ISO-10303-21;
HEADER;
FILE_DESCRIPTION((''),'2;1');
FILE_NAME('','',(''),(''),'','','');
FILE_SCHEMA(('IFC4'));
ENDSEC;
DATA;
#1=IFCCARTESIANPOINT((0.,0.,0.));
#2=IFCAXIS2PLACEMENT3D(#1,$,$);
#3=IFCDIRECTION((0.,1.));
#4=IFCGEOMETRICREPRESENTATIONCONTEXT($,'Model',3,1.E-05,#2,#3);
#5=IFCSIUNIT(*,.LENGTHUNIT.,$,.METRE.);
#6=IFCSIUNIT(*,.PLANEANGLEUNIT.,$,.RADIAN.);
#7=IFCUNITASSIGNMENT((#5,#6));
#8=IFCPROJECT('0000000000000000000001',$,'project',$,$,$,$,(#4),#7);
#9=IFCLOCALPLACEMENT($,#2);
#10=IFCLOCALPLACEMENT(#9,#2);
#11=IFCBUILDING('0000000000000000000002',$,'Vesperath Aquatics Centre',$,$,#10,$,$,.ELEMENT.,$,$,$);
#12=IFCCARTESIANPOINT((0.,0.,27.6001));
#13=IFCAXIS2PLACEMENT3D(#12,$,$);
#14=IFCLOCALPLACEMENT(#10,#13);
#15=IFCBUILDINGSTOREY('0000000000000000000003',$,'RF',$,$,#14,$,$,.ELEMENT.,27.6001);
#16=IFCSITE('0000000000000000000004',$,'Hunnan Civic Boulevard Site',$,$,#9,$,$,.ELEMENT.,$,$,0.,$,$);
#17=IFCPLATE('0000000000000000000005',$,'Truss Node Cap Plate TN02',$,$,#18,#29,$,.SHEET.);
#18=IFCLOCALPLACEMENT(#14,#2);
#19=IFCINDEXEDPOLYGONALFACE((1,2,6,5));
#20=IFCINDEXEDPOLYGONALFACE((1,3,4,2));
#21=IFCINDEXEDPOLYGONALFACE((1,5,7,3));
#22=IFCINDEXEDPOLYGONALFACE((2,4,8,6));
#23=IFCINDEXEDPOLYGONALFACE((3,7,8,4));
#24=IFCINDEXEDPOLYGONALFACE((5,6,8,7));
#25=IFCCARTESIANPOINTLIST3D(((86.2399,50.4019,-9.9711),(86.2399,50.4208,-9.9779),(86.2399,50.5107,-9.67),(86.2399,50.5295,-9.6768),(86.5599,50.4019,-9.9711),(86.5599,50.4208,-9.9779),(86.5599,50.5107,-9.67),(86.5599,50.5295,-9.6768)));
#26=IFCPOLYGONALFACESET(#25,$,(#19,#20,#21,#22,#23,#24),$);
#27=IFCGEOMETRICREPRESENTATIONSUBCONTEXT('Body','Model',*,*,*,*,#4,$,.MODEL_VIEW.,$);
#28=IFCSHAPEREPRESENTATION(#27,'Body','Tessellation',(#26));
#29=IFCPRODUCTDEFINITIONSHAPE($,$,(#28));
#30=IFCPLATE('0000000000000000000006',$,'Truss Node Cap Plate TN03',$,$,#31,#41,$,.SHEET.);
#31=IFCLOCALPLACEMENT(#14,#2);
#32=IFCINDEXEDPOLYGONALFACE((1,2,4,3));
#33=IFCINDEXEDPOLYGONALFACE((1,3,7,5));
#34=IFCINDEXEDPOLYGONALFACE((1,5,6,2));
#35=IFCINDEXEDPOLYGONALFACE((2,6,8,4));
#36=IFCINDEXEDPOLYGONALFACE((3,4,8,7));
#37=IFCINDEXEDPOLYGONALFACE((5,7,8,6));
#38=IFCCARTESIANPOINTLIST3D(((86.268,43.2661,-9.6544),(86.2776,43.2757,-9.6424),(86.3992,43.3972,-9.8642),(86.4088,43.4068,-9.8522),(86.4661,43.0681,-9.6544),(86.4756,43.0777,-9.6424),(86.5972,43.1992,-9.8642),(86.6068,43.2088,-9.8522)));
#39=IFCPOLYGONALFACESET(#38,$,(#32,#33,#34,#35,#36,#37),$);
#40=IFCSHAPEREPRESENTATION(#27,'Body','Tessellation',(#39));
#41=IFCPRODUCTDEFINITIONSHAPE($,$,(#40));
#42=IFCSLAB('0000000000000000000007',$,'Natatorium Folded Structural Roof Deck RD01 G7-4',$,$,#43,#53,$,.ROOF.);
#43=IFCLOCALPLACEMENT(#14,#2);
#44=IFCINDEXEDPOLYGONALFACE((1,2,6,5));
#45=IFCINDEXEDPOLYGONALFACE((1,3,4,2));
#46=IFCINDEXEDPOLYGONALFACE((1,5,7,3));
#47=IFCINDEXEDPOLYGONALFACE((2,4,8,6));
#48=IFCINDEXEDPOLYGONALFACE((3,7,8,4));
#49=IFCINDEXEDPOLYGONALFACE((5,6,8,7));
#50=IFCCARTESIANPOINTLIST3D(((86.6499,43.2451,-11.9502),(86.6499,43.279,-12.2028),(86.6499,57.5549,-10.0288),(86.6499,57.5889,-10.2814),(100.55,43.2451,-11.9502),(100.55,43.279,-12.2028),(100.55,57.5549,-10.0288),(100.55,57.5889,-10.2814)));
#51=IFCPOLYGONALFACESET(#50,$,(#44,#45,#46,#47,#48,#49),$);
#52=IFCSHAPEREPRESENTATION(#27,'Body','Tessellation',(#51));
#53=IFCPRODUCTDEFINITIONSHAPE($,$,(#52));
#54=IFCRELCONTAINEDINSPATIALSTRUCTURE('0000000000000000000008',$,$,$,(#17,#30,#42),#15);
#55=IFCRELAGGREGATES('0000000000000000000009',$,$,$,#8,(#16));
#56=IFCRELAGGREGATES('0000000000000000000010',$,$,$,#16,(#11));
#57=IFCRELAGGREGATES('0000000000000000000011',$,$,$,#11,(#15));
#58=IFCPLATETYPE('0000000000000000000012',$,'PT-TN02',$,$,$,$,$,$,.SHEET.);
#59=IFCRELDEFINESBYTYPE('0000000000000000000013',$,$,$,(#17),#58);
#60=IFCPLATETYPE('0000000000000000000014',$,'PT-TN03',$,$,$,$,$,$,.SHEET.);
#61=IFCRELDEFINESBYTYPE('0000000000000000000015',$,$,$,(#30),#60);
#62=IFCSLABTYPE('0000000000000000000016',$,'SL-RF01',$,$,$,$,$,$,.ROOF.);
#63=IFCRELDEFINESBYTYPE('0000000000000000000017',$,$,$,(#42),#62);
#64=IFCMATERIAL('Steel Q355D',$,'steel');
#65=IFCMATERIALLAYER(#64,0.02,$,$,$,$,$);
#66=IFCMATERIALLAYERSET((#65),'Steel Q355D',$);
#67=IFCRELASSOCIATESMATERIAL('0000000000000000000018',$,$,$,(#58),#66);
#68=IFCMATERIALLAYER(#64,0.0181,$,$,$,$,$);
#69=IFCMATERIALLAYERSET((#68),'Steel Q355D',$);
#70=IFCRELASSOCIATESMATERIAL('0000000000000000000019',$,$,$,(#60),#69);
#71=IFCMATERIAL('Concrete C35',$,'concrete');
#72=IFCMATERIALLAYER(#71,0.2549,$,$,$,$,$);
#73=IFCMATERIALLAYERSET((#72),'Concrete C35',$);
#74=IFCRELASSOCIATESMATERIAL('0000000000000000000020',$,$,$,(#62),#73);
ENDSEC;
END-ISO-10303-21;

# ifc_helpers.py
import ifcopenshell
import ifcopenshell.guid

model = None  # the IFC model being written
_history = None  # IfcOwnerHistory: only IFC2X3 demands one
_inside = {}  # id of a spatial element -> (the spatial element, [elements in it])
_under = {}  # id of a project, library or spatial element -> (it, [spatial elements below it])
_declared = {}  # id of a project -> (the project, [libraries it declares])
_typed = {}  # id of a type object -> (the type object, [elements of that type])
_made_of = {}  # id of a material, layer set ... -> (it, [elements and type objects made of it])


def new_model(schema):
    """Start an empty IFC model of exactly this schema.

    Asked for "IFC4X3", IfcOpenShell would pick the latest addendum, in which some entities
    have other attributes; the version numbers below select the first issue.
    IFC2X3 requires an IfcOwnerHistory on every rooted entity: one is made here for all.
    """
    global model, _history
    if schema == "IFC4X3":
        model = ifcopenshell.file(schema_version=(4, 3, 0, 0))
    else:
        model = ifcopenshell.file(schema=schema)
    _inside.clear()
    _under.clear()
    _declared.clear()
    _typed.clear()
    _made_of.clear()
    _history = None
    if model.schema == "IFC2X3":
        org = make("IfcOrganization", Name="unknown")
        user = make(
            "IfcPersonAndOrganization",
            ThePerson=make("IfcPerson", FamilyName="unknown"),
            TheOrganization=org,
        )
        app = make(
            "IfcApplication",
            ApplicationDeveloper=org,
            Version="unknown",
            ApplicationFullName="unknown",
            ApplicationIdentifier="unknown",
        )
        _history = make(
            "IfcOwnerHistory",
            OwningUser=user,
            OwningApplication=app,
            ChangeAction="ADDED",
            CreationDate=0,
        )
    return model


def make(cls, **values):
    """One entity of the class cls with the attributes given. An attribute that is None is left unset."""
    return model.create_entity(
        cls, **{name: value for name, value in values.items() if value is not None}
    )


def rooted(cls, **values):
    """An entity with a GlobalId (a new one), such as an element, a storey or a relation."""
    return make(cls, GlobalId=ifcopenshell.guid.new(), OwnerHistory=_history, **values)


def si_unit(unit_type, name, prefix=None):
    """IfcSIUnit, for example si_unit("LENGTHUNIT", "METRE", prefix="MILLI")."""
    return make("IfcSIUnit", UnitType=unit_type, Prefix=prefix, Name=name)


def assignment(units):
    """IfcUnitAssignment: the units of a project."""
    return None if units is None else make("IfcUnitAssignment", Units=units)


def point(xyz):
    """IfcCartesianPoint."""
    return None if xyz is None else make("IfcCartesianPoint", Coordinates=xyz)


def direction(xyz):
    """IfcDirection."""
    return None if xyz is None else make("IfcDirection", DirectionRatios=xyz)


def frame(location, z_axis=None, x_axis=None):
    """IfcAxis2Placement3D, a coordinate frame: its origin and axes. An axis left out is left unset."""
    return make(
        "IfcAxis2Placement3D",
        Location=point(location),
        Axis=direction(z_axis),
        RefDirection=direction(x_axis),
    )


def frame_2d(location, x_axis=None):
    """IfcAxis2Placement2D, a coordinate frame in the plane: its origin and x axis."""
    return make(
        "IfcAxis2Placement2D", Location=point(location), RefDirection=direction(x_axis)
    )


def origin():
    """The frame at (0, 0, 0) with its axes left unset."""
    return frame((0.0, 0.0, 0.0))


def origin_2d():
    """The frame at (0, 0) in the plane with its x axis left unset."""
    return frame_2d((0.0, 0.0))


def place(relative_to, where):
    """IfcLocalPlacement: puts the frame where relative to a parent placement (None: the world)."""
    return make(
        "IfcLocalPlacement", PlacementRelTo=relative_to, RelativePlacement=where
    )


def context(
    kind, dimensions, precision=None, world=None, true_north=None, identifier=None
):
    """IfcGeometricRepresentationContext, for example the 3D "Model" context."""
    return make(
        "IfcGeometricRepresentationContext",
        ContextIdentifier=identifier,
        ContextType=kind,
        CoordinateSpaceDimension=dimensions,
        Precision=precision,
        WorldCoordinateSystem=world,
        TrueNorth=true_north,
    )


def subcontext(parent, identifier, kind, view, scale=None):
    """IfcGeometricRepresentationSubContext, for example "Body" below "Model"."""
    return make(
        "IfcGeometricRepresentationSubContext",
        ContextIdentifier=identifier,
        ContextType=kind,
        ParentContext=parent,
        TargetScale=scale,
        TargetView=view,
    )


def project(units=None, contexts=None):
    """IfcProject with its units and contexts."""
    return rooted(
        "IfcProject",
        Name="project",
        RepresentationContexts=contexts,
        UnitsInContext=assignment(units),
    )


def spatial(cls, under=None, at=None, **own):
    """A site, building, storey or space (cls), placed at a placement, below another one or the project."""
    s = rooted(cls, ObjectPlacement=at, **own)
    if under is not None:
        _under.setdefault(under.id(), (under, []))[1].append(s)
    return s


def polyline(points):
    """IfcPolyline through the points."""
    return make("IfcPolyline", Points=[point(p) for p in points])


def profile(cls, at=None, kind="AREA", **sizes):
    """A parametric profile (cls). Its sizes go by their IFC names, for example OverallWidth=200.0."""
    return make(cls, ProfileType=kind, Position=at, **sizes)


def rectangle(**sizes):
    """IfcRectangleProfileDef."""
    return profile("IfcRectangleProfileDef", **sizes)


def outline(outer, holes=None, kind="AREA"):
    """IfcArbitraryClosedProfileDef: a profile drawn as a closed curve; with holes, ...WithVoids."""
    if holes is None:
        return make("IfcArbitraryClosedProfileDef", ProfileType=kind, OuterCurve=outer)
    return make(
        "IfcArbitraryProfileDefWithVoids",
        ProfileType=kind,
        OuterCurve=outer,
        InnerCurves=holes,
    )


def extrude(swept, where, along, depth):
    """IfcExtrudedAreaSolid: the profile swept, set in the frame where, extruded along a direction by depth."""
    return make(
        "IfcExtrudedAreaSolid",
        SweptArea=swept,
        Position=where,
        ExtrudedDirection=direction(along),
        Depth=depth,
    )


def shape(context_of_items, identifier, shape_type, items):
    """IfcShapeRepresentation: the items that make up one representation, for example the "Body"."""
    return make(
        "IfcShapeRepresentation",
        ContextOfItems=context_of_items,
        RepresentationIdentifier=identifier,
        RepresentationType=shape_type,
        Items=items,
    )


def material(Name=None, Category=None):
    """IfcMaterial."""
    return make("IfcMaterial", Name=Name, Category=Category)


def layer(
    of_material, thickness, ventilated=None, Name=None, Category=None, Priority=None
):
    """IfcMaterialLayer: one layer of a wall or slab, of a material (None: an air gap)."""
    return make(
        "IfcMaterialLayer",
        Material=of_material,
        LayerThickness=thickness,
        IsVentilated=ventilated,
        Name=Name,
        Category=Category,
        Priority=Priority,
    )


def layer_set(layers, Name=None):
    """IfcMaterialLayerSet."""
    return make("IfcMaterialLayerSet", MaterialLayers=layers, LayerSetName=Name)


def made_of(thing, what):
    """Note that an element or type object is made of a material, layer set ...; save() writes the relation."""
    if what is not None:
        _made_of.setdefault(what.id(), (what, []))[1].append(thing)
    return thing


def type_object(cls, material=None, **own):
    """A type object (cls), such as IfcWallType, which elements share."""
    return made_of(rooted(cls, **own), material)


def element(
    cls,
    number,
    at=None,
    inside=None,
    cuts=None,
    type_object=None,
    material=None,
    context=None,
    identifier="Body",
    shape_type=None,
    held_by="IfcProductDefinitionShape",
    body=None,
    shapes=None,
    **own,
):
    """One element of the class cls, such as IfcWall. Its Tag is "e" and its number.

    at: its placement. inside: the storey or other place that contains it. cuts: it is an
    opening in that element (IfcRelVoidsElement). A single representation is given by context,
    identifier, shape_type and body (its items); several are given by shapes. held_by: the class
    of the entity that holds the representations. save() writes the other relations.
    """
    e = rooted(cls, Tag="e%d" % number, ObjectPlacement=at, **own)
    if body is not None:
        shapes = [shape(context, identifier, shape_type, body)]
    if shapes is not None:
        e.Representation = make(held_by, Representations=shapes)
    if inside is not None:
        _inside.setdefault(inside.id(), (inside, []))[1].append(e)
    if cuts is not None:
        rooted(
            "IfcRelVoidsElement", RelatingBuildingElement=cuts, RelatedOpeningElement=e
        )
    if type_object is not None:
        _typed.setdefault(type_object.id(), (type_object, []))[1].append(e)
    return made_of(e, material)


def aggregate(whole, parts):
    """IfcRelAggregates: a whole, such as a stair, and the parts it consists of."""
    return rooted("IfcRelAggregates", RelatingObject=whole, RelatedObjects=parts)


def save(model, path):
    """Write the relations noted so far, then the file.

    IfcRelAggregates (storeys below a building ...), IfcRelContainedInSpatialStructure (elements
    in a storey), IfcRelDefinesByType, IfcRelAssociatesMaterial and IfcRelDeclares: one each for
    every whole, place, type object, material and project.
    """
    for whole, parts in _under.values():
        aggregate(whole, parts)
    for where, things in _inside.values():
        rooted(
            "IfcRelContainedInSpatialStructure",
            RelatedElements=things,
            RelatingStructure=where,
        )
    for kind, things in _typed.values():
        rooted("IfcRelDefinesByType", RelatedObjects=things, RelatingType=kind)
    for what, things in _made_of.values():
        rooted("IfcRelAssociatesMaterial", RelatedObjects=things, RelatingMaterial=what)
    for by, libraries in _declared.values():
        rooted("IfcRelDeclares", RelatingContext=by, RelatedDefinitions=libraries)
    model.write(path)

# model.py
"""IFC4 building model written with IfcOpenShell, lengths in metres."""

from ifc_helpers import new_model, si_unit, direction, frame, origin, origin_2d, place, context, subcontext, project, spatial, polyline, rectangle, outline, extrude, material, layer, layer_set, type_object, element, save


model = new_model("IFC4")

# Units and contexts
model_context = context("Model", 3, precision=1e-05, world=origin(), true_north=direction((0.0, 1.0)))
body_context = subcontext(model_context, "Body", "Model", "MODEL_VIEW")
ifc_project = project(units=[si_unit("LENGTHUNIT", "METRE"), si_unit("PLANEANGLEUNIT", "RADIAN")], contexts=[model_context])

# Site, building, storey
site_placement = place(None, origin())
site = spatial("IfcSite", under=ifc_project, at=site_placement, Name="Hunnan Civic Boulevard Site", CompositionType="ELEMENT", RefElevation=0.0)
building_placement = place(site_placement, origin())
building = spatial("IfcBuilding", under=site, at=building_placement, Name="Vesperath Aquatics Centre", CompositionType="ELEMENT")
storey_placement = place(building_placement, frame((0.0, 0.0, 27.6001)))
storey = spatial("IfcBuildingStorey", under=building, at=storey_placement, Name="RF", CompositionType="ELEMENT", Elevation=27.6001)

# Shared definitions
ifc_material_1 = material(Name="Steel Q355D", Category="steel")

# Plates
ifc_layer_1 = layer(ifc_material_1, 0.02)
ifc_layer_set_1 = layer_set([ifc_layer_1], Name="Steel Q355D")
plate_type_1 = type_object("IfcPlateType", Name="PT-TN02", PredefinedType="SHEET", material=ifc_layer_set_1)
for number, where, z_axis, x_axis, name in (
    (1, (86.3999, 50.4563, -9.8206), (0.0, 0.940554, -0.339644), (-1.0, 0.0, 0.0), "Truss Node Cap Plate TN02"),
):
    element("IfcPlate", number, at=place(storey_placement, frame(where, z_axis=z_axis, x_axis=x_axis)), inside=storey, type_object=plate_type_1, Name=name, PredefinedType="SHEET", context=body_context, shape_type="SweptSolid", body=[
        extrude(rectangle(XDim=0.3201, YDim=0.3201, at=origin_2d()), origin(), (0.0, 0.0, 1.0), 0.02),
    ])
ifc_layer_2 = layer(ifc_material_1, 0.0181)
ifc_layer_set_2 = layer_set([ifc_layer_2], Name="Steel Q355D")
plate_type_2 = type_object("IfcPlateType", Name="PT-TN03", PredefinedType="SHEET", material=ifc_layer_set_2)
plate_placement = place(storey_placement, frame((86.4326, 43.2327, -9.7593), z_axis=(0.529813, 0.529813, 0.662266), x_axis=(-0.707107, 0.707107, 0.0)))
element("IfcPlate", 2, at=plate_placement, inside=storey, type_object=plate_type_2, Name="Truss Node Cap Plate TN03", PredefinedType="SHEET", context=body_context, shape_type="SweptSolid", body=[
    extrude(rectangle(XDim=0.28, YDim=0.28, at=origin_2d()), origin(), (0.0, 0.0, 1.0), 0.0181),
])

# Slab
ifc_material_2 = material(Name="Concrete C35", Category="concrete")
ifc_layer_3 = layer(ifc_material_2, 0.2549)
ifc_layer_set_3 = layer_set([ifc_layer_3], Name="Concrete C35")
slab_type = type_object("IfcSlabType", Name="SL-RF01", PredefinedType="ROOF", material=ifc_layer_set_3)
slab_placement = place(storey_placement, frame((86.6499, 43.2451, -11.9502), z_axis=(0.0, -0.133076, 0.991106), x_axis=(1.0, 0.0, 0.0)))
element("IfcSlab", 3, at=slab_placement, inside=storey, type_object=slab_type, Name="Natatorium Folded Structural Roof Deck RD01 G7-4", PredefinedType="ROOF", context=body_context, shape_type="SweptSolid", body=[
    extrude(outline(polyline([(0.0, 0.0), (13.9001, 0.0), (13.9001, 14.4382), (0.0, 14.4382), (0.0, 0.0)])), origin(), (0.0, 0.0, -1.0), 0.2549),
])

save(model, "model.ifc")
